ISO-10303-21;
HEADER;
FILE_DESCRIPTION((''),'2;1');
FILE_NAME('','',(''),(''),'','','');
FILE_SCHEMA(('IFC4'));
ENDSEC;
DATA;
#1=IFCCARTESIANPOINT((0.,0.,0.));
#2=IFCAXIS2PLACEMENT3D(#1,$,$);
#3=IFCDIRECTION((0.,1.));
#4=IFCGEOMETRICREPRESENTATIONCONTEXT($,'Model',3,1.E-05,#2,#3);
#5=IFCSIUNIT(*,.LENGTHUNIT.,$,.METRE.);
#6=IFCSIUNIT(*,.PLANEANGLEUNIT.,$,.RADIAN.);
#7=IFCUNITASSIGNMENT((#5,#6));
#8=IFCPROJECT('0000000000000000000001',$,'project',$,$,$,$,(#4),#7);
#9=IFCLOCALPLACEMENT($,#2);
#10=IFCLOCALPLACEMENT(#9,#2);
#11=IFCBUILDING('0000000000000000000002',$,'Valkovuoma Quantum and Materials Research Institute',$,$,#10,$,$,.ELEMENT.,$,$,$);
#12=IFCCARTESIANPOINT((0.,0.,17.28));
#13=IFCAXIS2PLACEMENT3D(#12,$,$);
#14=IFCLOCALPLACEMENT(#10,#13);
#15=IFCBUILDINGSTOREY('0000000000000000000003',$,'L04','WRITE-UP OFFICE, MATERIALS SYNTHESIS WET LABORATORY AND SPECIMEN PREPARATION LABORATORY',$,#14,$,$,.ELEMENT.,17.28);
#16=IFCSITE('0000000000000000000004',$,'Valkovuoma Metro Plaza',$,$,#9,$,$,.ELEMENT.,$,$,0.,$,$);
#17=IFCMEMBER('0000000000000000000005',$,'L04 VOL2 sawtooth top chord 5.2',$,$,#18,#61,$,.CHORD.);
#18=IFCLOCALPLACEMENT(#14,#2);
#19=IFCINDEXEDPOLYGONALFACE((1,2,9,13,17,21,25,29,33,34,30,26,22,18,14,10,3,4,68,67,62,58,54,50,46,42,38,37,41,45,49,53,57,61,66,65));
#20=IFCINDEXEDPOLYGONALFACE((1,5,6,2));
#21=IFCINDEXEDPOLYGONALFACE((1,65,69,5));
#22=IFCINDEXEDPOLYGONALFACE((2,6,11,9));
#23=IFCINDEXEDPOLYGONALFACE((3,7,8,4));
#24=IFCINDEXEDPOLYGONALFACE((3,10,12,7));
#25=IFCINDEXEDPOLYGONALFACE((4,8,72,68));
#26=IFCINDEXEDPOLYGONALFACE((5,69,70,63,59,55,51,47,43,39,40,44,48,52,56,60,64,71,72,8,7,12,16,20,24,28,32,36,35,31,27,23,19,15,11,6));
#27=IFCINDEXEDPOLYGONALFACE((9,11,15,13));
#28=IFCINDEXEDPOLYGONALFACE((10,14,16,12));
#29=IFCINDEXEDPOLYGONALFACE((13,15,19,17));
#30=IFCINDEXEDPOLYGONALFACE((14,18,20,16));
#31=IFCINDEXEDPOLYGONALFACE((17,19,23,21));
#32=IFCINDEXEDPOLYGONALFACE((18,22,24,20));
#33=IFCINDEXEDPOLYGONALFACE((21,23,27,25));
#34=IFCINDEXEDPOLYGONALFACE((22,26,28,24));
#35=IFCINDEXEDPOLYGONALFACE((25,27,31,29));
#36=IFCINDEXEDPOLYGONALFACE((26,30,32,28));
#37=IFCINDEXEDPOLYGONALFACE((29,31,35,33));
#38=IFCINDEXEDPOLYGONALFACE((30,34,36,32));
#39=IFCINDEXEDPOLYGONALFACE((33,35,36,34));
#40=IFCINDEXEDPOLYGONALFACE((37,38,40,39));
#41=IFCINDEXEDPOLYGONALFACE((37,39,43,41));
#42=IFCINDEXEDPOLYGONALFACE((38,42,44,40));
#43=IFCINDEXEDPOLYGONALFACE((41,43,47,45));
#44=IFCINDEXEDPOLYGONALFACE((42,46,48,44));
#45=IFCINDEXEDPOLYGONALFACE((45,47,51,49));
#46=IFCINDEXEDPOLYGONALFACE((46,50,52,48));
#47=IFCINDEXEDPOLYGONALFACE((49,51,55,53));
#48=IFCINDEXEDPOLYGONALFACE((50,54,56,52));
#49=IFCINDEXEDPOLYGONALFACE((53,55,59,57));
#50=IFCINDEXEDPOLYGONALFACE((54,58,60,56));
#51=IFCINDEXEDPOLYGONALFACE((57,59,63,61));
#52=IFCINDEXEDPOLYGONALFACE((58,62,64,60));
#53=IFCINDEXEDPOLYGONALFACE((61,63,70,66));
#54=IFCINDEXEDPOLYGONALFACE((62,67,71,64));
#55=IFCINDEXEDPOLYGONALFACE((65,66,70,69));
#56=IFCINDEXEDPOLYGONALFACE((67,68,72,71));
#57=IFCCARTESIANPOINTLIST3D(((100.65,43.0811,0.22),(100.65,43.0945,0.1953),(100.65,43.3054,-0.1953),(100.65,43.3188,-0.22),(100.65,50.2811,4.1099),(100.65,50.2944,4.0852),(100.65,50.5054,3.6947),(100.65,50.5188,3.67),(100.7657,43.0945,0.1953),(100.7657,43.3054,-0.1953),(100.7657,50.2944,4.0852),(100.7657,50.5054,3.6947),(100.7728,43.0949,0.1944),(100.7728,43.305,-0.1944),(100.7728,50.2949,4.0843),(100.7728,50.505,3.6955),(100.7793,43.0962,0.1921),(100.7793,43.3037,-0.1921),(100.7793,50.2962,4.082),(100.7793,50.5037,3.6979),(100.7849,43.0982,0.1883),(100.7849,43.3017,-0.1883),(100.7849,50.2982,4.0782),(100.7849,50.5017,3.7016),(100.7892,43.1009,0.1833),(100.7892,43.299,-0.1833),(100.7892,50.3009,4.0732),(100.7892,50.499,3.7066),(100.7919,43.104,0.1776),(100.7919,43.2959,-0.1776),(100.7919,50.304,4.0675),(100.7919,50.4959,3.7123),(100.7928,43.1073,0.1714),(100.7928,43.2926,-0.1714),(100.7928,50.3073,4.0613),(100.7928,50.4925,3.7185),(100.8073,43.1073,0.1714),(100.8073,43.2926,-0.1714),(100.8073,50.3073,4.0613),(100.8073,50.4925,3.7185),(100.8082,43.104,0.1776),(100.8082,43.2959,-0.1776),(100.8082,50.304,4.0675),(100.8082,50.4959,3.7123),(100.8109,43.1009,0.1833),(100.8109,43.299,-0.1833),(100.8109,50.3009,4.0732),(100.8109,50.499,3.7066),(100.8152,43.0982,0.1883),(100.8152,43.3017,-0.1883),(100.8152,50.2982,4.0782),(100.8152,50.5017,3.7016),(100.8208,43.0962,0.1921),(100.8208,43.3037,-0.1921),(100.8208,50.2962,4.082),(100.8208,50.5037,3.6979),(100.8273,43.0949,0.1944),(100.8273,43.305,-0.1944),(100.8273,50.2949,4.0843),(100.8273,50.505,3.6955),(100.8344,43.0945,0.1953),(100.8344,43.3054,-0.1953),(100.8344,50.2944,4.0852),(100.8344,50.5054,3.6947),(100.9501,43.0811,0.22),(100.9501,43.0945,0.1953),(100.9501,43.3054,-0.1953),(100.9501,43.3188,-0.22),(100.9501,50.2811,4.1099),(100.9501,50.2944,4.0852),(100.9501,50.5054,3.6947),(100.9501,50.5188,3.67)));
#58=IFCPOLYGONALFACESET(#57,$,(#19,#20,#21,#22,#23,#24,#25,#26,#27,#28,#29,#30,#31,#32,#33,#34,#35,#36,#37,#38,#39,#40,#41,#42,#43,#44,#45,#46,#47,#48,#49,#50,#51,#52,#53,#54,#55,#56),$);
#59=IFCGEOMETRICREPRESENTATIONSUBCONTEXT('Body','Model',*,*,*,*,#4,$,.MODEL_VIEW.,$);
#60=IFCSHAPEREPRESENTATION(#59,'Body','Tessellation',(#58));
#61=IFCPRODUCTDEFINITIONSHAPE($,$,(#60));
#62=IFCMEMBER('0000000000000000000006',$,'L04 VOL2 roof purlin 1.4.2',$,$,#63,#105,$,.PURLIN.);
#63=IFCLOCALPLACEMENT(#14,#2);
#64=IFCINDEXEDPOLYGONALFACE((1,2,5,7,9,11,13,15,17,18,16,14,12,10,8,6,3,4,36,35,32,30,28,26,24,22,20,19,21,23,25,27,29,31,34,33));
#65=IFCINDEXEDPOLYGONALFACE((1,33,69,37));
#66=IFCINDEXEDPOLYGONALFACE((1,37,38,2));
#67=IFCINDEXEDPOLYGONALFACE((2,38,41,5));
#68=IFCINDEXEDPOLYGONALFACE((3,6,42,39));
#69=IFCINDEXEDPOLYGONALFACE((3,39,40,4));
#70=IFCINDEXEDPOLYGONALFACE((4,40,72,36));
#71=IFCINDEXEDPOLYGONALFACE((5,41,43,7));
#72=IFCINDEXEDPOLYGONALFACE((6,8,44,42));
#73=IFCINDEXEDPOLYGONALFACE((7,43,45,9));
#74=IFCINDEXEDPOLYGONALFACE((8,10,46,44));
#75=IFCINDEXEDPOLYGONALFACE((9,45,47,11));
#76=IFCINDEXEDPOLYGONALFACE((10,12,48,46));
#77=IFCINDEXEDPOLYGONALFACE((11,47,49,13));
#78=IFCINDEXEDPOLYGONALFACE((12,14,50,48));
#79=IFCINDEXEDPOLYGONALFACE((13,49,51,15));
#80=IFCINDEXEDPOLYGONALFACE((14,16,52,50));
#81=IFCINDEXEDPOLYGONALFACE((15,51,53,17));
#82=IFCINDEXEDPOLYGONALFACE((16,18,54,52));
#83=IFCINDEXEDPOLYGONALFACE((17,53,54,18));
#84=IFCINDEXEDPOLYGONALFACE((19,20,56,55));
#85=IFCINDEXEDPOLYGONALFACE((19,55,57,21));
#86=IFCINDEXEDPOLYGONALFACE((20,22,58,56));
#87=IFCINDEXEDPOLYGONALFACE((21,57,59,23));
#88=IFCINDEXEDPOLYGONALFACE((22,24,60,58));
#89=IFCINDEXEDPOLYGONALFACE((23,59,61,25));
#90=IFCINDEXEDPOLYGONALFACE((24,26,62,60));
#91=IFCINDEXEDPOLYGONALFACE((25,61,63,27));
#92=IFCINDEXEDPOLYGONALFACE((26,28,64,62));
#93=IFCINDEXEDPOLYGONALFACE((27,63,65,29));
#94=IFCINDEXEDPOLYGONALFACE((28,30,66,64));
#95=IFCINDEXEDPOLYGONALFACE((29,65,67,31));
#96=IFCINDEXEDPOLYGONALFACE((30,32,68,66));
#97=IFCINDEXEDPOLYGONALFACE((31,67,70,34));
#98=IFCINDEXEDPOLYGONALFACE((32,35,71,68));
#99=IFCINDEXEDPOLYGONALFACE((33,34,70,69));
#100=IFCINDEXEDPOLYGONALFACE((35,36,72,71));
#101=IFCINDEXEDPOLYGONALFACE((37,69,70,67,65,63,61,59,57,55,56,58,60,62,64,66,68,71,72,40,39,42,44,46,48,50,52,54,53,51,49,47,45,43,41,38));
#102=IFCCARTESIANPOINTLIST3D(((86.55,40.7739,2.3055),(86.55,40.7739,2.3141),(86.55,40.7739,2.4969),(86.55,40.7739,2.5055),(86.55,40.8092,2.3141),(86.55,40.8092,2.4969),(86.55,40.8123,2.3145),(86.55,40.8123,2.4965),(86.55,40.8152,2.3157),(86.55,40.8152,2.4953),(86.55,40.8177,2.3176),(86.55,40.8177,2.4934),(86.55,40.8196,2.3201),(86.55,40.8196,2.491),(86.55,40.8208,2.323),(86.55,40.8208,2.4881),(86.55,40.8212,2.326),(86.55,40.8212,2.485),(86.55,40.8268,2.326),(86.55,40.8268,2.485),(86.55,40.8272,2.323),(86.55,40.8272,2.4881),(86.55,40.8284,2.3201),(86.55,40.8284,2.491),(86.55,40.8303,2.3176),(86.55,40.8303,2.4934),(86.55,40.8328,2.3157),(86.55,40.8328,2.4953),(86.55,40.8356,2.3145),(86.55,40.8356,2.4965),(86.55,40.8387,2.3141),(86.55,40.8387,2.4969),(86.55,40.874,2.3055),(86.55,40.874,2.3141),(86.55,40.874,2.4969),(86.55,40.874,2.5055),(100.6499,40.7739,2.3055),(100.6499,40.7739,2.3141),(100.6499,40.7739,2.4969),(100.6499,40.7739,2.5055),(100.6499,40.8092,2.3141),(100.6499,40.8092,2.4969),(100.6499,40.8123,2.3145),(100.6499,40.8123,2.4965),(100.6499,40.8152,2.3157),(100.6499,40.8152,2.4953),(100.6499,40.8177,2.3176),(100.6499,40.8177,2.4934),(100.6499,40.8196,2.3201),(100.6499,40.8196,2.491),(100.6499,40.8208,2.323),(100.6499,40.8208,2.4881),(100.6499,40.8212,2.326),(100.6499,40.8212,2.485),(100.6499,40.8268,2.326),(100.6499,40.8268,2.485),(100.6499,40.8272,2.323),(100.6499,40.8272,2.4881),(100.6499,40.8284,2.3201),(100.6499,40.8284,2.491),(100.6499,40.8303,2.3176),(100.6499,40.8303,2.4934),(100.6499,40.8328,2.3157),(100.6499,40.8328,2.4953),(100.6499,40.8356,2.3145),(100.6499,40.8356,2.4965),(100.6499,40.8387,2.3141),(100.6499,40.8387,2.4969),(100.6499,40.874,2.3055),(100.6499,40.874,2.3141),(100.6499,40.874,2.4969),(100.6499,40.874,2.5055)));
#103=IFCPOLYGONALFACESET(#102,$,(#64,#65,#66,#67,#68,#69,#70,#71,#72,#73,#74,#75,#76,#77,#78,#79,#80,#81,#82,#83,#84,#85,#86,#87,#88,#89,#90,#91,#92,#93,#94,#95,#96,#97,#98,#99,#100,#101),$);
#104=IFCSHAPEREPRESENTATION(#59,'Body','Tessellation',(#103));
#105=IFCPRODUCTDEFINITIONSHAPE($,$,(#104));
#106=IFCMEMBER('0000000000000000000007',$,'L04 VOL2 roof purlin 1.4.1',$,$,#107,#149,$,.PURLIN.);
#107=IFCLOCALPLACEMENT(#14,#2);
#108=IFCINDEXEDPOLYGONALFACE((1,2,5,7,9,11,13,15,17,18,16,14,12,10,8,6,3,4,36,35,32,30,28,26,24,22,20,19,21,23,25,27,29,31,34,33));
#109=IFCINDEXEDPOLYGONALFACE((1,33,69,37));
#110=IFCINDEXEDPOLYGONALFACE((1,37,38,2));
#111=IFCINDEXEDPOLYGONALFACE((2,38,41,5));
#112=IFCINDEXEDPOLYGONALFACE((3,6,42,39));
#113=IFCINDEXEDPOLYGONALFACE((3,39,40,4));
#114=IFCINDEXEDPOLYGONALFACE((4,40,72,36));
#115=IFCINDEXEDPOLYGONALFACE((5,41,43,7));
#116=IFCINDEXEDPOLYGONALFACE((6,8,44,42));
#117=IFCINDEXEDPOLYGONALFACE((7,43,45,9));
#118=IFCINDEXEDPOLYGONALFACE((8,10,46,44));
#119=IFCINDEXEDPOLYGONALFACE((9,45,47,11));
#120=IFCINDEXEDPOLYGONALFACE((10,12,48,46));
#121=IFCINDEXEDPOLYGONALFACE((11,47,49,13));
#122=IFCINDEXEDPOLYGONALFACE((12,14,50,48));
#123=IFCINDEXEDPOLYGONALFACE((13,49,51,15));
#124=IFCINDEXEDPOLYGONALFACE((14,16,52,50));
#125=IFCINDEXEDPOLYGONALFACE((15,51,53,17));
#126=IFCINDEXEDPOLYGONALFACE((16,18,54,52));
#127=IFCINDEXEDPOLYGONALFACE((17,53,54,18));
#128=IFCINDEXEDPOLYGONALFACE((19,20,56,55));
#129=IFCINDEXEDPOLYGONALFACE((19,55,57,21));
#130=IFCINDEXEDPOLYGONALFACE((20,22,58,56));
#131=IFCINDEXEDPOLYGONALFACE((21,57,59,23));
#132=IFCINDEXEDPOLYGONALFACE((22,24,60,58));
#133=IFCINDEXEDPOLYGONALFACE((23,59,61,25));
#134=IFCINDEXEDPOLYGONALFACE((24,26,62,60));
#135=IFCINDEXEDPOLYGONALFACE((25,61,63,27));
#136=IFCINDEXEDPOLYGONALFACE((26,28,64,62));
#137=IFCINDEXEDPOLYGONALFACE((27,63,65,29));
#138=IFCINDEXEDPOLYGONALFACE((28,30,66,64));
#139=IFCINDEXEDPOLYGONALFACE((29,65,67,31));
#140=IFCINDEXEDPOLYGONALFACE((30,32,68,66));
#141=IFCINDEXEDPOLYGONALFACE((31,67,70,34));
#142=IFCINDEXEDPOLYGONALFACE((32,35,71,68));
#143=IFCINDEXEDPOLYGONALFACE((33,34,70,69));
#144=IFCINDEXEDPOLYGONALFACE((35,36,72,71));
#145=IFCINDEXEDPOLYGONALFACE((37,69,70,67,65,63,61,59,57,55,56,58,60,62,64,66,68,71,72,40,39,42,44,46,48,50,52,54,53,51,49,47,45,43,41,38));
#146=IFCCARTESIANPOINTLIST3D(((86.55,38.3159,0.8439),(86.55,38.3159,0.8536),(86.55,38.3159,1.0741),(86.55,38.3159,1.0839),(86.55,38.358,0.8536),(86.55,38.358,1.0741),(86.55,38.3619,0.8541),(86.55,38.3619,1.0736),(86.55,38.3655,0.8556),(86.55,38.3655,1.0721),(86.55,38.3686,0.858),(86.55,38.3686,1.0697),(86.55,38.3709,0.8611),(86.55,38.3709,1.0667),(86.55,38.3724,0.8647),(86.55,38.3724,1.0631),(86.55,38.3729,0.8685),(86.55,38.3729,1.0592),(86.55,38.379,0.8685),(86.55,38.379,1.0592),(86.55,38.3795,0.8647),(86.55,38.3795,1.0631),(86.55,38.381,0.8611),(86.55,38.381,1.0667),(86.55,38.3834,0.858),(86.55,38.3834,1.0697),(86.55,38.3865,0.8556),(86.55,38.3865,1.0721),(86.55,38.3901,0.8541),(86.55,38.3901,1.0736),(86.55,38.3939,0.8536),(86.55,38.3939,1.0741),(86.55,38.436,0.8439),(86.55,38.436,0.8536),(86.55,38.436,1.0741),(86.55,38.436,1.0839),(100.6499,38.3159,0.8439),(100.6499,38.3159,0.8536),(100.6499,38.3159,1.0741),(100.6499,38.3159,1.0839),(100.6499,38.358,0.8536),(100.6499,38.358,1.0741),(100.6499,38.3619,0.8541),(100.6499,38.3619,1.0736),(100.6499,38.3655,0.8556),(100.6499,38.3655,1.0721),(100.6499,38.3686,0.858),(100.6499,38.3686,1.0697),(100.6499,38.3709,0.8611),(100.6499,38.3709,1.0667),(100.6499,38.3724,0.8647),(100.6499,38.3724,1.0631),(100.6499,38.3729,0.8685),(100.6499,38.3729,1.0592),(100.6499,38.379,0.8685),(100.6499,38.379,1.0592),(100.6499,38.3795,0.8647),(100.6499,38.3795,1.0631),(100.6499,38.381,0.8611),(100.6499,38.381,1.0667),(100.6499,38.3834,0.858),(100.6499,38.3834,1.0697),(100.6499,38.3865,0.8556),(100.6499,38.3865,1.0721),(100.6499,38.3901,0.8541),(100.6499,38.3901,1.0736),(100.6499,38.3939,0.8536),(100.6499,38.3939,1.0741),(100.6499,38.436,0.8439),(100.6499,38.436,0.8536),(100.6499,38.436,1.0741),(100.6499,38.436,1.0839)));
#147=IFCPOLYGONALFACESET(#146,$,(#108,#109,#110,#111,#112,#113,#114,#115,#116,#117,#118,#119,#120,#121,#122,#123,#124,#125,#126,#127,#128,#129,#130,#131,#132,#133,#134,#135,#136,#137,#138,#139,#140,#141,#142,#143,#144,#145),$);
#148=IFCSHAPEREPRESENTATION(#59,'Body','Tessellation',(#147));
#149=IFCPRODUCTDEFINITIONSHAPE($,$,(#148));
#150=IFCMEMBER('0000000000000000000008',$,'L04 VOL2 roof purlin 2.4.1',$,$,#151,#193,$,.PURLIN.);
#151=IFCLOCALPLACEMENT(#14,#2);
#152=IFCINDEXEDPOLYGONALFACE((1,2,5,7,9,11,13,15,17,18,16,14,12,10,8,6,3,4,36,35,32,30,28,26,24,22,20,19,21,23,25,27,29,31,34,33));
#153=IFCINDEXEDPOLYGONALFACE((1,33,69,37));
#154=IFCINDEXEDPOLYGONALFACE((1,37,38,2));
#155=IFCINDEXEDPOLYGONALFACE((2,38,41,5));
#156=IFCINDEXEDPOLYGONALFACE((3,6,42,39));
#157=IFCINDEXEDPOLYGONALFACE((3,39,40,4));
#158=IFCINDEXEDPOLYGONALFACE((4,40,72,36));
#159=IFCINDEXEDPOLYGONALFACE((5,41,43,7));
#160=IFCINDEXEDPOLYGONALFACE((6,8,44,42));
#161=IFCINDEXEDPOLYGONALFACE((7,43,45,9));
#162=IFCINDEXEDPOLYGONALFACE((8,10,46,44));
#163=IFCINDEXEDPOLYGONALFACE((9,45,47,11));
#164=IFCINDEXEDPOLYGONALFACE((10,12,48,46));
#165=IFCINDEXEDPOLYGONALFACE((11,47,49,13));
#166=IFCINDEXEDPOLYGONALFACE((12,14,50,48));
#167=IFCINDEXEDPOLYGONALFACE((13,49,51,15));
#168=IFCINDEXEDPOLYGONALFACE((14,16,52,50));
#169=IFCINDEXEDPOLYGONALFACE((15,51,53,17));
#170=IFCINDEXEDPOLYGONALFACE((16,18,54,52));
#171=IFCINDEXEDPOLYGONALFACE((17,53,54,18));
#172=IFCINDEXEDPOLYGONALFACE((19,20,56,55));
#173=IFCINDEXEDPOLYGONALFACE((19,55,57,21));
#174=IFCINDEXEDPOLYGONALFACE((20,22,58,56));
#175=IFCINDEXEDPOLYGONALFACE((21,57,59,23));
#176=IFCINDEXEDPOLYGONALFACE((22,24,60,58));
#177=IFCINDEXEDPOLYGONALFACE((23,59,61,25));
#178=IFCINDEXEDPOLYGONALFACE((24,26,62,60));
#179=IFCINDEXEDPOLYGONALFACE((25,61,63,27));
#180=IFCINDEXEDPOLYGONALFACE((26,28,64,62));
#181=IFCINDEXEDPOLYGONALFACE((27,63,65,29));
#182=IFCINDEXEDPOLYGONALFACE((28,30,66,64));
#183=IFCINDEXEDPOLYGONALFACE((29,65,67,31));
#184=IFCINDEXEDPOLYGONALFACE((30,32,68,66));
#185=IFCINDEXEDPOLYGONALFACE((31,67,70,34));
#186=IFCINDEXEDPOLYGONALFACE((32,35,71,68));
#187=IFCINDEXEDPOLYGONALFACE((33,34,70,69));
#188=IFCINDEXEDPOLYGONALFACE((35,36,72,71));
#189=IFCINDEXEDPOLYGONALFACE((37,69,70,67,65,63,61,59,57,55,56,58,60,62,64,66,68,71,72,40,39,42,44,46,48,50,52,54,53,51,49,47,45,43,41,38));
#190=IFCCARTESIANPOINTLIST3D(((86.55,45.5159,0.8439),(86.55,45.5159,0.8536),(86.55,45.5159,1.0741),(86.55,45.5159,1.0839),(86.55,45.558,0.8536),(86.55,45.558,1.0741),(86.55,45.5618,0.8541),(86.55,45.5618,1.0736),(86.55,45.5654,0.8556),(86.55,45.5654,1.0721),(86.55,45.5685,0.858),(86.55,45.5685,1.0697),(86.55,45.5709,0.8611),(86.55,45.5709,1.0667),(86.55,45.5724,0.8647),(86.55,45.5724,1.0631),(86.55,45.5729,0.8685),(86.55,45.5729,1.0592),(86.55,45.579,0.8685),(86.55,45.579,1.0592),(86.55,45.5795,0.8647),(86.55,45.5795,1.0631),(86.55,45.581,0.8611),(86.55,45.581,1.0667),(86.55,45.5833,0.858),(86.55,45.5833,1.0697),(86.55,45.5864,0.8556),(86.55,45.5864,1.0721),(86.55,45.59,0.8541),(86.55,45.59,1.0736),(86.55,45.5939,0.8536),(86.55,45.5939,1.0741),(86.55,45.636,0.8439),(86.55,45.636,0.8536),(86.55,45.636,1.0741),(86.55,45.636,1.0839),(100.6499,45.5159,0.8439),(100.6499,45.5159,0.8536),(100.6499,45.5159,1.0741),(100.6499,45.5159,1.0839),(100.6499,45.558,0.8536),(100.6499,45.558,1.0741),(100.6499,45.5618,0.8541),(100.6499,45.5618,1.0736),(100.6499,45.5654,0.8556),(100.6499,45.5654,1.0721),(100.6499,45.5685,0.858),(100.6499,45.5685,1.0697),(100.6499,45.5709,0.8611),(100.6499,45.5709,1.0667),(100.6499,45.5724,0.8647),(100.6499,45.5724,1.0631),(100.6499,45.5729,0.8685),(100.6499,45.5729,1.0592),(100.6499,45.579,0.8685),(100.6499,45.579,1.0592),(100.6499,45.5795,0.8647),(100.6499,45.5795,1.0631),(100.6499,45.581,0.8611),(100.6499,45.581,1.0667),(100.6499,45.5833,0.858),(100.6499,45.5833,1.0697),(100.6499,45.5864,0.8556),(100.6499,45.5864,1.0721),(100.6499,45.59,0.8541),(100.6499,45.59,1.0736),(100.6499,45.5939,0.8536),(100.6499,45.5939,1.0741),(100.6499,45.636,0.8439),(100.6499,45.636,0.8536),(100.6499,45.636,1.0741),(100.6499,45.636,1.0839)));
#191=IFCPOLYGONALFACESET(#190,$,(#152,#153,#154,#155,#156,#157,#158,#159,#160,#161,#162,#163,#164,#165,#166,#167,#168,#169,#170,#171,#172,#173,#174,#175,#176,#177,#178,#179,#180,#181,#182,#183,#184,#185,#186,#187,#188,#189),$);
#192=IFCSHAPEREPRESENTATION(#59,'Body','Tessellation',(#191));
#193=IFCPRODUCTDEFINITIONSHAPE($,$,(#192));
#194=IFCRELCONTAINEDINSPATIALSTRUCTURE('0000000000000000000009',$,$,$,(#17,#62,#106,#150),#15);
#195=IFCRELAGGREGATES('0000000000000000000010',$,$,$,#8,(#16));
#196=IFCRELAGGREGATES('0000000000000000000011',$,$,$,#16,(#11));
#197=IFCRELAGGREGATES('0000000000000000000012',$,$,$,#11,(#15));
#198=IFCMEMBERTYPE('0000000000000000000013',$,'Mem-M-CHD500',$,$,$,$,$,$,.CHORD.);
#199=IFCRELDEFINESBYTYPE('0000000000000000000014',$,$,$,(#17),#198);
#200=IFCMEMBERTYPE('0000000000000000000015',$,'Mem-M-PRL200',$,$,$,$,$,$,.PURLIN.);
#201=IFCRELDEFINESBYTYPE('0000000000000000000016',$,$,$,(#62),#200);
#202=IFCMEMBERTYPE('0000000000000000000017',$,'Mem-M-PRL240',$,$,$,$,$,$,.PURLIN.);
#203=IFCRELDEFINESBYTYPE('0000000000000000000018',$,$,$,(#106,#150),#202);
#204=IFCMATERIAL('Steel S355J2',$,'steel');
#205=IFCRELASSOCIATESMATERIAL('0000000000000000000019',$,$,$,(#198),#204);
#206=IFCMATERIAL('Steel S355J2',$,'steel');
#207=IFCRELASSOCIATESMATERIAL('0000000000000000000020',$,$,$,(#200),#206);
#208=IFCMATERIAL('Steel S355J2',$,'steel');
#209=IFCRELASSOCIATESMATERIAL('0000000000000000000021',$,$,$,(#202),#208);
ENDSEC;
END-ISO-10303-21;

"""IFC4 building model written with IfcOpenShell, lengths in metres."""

from ifc_helpers import new_model, si_unit, direction, frame, origin, origin_2d, place, context, subcontext, project, spatial, i_section, extrude, material, material_profile, profile_set, type_object, element, save


model = new_model("IFC4")

# Units and contexts
model_context = context("Model", 3, precision=1e-05, world=origin(), true_north=direction((0.0, 1.0)))
body_context = subcontext(model_context, "Body", "Model", "MODEL_VIEW")
ifc_project = project(units=[si_unit("LENGTHUNIT", "METRE"), si_unit("PLANEANGLEUNIT", "RADIAN")], contexts=[model_context])

# Site, building, storey
site_placement = place(None, origin())
site = spatial("IfcSite", under=ifc_project, at=site_placement, Name="Valkovuoma Metro Plaza", CompositionType="ELEMENT", RefElevation=0.0)
building_placement = place(site_placement, origin())
building = spatial("IfcBuilding", under=site, at=building_placement, Name="Valkovuoma Quantum and Materials Research Institute", CompositionType="ELEMENT")
storey_placement = place(building_placement, frame((0.0, 0.0, 17.28)))
storey = spatial("IfcBuildingStorey", under=building, at=storey_placement, Name="L04", Description="WRITE-UP OFFICE, MATERIALS SYNTHESIS WET LABORATORY AND SPECIMEN PREPARATION LABORATORY", CompositionType="ELEMENT", Elevation=17.28)

# Members
ifc_material_1 = material(Name="Steel S355J2", Category="steel")
ifc_material_profile_1 = material_profile(ifc_material_1, i_section(OverallWidth=0.3, OverallDepth=0.5, WebThickness=0.0144, FlangeThickness=0.0281, FilletRadius=0.0271, at=origin_2d()), Name="Steel S355J2")
ifc_profile_set_1 = profile_set([ifc_material_profile_1], Name="Steel S355J2")
member_type_1 = type_object("IfcMemberType", Name="Mem-M-CHD500", PredefinedType="CHORD", material=ifc_profile_set_1)
for number, where, z_axis, x_axis, name in (
    (1, (100.8, 43.2, 0.0), (0.0, 0.879807, 0.47533), (-1.0, 0.0, 0.0), "L04 VOL2 sawtooth top chord 5.2"),
):
    element("IfcMember", number, at=place(storey_placement, frame(where, z_axis=z_axis, x_axis=x_axis)), inside=storey, type_object=member_type_1, Name=name, PredefinedType="CHORD", context=body_context, shape_type="SweptSolid", body=[
        extrude(i_section(OverallWidth=0.3, OverallDepth=0.5, WebThickness=0.0144, FlangeThickness=0.0281, FilletRadius=0.0271, at=origin_2d()), origin(), (0.0, 0.0, 1.0), 8.1836),
    ])
ifc_material_2 = material(Name="Steel S355J2", Category="steel")
ifc_material_profile_2 = material_profile(ifc_material_2, i_section(OverallWidth=0.1001, OverallDepth=0.2, WebThickness=0.0056, FlangeThickness=0.0085, FilletRadius=0.012, at=origin_2d()), Name="Steel S355J2")
ifc_profile_set_2 = profile_set([ifc_material_profile_2], Name="Steel S355J2")
member_type_2 = type_object("IfcMemberType", Name="Mem-M-PRL200", PredefinedType="PURLIN", material=ifc_profile_set_2)
member_1_placement = place(storey_placement, frame((86.55, 40.824, 2.4055), z_axis=(1.0, 0.0, 0.0), x_axis=(0.0, 1.0, 0.0)))
element("IfcMember", 2, at=member_1_placement, inside=storey, type_object=member_type_2, Name="L04 VOL2 roof purlin 1.4.2", PredefinedType="PURLIN", context=body_context, shape_type="SweptSolid", body=[
    extrude(i_section(OverallWidth=0.1001, OverallDepth=0.2, WebThickness=0.0056, FlangeThickness=0.0085, FilletRadius=0.012, at=origin_2d()), origin(), (0.0, 0.0, 1.0), 14.0999),
])
ifc_material_3 = material(Name="Steel S355J2", Category="steel")
ifc_material_profile_3 = material_profile(ifc_material_3, i_section(OverallWidth=0.1201, OverallDepth=0.24, WebThickness=0.0061, FlangeThickness=0.0098, FilletRadius=0.0149, at=origin_2d()), Name="Steel S355J2")
ifc_profile_set_3 = profile_set([ifc_material_profile_3], Name="Steel S355J2")
member_type_3 = type_object("IfcMemberType", Name="Mem-M-PRL240", PredefinedType="PURLIN", material=ifc_profile_set_3)
for number, where, z_axis, x_axis, name in (
    (3, (86.55, 38.376, 0.9639), (1.0, 0.0, 0.0), (0.0, 1.0, 0.0), "L04 VOL2 roof purlin 1.4.1"),
    (4, (86.55, 45.5759, 0.9639), (1.0, 0.0, 0.0), (0.0, 1.0, 0.0), "L04 VOL2 roof purlin 2.4.1"),
):
    element("IfcMember", number, at=place(storey_placement, frame(where, z_axis=z_axis, x_axis=x_axis)), inside=storey, type_object=member_type_3, Name=name, PredefinedType="PURLIN", context=body_context, shape_type="SweptSolid", body=[
        extrude(i_section(OverallWidth=0.1201, OverallDepth=0.24, WebThickness=0.0061, FlangeThickness=0.0098, FilletRadius=0.0149, at=origin_2d()), origin(), (0.0, 0.0, 1.0), 14.0999),
    ])

save(model, "model.ifc")
